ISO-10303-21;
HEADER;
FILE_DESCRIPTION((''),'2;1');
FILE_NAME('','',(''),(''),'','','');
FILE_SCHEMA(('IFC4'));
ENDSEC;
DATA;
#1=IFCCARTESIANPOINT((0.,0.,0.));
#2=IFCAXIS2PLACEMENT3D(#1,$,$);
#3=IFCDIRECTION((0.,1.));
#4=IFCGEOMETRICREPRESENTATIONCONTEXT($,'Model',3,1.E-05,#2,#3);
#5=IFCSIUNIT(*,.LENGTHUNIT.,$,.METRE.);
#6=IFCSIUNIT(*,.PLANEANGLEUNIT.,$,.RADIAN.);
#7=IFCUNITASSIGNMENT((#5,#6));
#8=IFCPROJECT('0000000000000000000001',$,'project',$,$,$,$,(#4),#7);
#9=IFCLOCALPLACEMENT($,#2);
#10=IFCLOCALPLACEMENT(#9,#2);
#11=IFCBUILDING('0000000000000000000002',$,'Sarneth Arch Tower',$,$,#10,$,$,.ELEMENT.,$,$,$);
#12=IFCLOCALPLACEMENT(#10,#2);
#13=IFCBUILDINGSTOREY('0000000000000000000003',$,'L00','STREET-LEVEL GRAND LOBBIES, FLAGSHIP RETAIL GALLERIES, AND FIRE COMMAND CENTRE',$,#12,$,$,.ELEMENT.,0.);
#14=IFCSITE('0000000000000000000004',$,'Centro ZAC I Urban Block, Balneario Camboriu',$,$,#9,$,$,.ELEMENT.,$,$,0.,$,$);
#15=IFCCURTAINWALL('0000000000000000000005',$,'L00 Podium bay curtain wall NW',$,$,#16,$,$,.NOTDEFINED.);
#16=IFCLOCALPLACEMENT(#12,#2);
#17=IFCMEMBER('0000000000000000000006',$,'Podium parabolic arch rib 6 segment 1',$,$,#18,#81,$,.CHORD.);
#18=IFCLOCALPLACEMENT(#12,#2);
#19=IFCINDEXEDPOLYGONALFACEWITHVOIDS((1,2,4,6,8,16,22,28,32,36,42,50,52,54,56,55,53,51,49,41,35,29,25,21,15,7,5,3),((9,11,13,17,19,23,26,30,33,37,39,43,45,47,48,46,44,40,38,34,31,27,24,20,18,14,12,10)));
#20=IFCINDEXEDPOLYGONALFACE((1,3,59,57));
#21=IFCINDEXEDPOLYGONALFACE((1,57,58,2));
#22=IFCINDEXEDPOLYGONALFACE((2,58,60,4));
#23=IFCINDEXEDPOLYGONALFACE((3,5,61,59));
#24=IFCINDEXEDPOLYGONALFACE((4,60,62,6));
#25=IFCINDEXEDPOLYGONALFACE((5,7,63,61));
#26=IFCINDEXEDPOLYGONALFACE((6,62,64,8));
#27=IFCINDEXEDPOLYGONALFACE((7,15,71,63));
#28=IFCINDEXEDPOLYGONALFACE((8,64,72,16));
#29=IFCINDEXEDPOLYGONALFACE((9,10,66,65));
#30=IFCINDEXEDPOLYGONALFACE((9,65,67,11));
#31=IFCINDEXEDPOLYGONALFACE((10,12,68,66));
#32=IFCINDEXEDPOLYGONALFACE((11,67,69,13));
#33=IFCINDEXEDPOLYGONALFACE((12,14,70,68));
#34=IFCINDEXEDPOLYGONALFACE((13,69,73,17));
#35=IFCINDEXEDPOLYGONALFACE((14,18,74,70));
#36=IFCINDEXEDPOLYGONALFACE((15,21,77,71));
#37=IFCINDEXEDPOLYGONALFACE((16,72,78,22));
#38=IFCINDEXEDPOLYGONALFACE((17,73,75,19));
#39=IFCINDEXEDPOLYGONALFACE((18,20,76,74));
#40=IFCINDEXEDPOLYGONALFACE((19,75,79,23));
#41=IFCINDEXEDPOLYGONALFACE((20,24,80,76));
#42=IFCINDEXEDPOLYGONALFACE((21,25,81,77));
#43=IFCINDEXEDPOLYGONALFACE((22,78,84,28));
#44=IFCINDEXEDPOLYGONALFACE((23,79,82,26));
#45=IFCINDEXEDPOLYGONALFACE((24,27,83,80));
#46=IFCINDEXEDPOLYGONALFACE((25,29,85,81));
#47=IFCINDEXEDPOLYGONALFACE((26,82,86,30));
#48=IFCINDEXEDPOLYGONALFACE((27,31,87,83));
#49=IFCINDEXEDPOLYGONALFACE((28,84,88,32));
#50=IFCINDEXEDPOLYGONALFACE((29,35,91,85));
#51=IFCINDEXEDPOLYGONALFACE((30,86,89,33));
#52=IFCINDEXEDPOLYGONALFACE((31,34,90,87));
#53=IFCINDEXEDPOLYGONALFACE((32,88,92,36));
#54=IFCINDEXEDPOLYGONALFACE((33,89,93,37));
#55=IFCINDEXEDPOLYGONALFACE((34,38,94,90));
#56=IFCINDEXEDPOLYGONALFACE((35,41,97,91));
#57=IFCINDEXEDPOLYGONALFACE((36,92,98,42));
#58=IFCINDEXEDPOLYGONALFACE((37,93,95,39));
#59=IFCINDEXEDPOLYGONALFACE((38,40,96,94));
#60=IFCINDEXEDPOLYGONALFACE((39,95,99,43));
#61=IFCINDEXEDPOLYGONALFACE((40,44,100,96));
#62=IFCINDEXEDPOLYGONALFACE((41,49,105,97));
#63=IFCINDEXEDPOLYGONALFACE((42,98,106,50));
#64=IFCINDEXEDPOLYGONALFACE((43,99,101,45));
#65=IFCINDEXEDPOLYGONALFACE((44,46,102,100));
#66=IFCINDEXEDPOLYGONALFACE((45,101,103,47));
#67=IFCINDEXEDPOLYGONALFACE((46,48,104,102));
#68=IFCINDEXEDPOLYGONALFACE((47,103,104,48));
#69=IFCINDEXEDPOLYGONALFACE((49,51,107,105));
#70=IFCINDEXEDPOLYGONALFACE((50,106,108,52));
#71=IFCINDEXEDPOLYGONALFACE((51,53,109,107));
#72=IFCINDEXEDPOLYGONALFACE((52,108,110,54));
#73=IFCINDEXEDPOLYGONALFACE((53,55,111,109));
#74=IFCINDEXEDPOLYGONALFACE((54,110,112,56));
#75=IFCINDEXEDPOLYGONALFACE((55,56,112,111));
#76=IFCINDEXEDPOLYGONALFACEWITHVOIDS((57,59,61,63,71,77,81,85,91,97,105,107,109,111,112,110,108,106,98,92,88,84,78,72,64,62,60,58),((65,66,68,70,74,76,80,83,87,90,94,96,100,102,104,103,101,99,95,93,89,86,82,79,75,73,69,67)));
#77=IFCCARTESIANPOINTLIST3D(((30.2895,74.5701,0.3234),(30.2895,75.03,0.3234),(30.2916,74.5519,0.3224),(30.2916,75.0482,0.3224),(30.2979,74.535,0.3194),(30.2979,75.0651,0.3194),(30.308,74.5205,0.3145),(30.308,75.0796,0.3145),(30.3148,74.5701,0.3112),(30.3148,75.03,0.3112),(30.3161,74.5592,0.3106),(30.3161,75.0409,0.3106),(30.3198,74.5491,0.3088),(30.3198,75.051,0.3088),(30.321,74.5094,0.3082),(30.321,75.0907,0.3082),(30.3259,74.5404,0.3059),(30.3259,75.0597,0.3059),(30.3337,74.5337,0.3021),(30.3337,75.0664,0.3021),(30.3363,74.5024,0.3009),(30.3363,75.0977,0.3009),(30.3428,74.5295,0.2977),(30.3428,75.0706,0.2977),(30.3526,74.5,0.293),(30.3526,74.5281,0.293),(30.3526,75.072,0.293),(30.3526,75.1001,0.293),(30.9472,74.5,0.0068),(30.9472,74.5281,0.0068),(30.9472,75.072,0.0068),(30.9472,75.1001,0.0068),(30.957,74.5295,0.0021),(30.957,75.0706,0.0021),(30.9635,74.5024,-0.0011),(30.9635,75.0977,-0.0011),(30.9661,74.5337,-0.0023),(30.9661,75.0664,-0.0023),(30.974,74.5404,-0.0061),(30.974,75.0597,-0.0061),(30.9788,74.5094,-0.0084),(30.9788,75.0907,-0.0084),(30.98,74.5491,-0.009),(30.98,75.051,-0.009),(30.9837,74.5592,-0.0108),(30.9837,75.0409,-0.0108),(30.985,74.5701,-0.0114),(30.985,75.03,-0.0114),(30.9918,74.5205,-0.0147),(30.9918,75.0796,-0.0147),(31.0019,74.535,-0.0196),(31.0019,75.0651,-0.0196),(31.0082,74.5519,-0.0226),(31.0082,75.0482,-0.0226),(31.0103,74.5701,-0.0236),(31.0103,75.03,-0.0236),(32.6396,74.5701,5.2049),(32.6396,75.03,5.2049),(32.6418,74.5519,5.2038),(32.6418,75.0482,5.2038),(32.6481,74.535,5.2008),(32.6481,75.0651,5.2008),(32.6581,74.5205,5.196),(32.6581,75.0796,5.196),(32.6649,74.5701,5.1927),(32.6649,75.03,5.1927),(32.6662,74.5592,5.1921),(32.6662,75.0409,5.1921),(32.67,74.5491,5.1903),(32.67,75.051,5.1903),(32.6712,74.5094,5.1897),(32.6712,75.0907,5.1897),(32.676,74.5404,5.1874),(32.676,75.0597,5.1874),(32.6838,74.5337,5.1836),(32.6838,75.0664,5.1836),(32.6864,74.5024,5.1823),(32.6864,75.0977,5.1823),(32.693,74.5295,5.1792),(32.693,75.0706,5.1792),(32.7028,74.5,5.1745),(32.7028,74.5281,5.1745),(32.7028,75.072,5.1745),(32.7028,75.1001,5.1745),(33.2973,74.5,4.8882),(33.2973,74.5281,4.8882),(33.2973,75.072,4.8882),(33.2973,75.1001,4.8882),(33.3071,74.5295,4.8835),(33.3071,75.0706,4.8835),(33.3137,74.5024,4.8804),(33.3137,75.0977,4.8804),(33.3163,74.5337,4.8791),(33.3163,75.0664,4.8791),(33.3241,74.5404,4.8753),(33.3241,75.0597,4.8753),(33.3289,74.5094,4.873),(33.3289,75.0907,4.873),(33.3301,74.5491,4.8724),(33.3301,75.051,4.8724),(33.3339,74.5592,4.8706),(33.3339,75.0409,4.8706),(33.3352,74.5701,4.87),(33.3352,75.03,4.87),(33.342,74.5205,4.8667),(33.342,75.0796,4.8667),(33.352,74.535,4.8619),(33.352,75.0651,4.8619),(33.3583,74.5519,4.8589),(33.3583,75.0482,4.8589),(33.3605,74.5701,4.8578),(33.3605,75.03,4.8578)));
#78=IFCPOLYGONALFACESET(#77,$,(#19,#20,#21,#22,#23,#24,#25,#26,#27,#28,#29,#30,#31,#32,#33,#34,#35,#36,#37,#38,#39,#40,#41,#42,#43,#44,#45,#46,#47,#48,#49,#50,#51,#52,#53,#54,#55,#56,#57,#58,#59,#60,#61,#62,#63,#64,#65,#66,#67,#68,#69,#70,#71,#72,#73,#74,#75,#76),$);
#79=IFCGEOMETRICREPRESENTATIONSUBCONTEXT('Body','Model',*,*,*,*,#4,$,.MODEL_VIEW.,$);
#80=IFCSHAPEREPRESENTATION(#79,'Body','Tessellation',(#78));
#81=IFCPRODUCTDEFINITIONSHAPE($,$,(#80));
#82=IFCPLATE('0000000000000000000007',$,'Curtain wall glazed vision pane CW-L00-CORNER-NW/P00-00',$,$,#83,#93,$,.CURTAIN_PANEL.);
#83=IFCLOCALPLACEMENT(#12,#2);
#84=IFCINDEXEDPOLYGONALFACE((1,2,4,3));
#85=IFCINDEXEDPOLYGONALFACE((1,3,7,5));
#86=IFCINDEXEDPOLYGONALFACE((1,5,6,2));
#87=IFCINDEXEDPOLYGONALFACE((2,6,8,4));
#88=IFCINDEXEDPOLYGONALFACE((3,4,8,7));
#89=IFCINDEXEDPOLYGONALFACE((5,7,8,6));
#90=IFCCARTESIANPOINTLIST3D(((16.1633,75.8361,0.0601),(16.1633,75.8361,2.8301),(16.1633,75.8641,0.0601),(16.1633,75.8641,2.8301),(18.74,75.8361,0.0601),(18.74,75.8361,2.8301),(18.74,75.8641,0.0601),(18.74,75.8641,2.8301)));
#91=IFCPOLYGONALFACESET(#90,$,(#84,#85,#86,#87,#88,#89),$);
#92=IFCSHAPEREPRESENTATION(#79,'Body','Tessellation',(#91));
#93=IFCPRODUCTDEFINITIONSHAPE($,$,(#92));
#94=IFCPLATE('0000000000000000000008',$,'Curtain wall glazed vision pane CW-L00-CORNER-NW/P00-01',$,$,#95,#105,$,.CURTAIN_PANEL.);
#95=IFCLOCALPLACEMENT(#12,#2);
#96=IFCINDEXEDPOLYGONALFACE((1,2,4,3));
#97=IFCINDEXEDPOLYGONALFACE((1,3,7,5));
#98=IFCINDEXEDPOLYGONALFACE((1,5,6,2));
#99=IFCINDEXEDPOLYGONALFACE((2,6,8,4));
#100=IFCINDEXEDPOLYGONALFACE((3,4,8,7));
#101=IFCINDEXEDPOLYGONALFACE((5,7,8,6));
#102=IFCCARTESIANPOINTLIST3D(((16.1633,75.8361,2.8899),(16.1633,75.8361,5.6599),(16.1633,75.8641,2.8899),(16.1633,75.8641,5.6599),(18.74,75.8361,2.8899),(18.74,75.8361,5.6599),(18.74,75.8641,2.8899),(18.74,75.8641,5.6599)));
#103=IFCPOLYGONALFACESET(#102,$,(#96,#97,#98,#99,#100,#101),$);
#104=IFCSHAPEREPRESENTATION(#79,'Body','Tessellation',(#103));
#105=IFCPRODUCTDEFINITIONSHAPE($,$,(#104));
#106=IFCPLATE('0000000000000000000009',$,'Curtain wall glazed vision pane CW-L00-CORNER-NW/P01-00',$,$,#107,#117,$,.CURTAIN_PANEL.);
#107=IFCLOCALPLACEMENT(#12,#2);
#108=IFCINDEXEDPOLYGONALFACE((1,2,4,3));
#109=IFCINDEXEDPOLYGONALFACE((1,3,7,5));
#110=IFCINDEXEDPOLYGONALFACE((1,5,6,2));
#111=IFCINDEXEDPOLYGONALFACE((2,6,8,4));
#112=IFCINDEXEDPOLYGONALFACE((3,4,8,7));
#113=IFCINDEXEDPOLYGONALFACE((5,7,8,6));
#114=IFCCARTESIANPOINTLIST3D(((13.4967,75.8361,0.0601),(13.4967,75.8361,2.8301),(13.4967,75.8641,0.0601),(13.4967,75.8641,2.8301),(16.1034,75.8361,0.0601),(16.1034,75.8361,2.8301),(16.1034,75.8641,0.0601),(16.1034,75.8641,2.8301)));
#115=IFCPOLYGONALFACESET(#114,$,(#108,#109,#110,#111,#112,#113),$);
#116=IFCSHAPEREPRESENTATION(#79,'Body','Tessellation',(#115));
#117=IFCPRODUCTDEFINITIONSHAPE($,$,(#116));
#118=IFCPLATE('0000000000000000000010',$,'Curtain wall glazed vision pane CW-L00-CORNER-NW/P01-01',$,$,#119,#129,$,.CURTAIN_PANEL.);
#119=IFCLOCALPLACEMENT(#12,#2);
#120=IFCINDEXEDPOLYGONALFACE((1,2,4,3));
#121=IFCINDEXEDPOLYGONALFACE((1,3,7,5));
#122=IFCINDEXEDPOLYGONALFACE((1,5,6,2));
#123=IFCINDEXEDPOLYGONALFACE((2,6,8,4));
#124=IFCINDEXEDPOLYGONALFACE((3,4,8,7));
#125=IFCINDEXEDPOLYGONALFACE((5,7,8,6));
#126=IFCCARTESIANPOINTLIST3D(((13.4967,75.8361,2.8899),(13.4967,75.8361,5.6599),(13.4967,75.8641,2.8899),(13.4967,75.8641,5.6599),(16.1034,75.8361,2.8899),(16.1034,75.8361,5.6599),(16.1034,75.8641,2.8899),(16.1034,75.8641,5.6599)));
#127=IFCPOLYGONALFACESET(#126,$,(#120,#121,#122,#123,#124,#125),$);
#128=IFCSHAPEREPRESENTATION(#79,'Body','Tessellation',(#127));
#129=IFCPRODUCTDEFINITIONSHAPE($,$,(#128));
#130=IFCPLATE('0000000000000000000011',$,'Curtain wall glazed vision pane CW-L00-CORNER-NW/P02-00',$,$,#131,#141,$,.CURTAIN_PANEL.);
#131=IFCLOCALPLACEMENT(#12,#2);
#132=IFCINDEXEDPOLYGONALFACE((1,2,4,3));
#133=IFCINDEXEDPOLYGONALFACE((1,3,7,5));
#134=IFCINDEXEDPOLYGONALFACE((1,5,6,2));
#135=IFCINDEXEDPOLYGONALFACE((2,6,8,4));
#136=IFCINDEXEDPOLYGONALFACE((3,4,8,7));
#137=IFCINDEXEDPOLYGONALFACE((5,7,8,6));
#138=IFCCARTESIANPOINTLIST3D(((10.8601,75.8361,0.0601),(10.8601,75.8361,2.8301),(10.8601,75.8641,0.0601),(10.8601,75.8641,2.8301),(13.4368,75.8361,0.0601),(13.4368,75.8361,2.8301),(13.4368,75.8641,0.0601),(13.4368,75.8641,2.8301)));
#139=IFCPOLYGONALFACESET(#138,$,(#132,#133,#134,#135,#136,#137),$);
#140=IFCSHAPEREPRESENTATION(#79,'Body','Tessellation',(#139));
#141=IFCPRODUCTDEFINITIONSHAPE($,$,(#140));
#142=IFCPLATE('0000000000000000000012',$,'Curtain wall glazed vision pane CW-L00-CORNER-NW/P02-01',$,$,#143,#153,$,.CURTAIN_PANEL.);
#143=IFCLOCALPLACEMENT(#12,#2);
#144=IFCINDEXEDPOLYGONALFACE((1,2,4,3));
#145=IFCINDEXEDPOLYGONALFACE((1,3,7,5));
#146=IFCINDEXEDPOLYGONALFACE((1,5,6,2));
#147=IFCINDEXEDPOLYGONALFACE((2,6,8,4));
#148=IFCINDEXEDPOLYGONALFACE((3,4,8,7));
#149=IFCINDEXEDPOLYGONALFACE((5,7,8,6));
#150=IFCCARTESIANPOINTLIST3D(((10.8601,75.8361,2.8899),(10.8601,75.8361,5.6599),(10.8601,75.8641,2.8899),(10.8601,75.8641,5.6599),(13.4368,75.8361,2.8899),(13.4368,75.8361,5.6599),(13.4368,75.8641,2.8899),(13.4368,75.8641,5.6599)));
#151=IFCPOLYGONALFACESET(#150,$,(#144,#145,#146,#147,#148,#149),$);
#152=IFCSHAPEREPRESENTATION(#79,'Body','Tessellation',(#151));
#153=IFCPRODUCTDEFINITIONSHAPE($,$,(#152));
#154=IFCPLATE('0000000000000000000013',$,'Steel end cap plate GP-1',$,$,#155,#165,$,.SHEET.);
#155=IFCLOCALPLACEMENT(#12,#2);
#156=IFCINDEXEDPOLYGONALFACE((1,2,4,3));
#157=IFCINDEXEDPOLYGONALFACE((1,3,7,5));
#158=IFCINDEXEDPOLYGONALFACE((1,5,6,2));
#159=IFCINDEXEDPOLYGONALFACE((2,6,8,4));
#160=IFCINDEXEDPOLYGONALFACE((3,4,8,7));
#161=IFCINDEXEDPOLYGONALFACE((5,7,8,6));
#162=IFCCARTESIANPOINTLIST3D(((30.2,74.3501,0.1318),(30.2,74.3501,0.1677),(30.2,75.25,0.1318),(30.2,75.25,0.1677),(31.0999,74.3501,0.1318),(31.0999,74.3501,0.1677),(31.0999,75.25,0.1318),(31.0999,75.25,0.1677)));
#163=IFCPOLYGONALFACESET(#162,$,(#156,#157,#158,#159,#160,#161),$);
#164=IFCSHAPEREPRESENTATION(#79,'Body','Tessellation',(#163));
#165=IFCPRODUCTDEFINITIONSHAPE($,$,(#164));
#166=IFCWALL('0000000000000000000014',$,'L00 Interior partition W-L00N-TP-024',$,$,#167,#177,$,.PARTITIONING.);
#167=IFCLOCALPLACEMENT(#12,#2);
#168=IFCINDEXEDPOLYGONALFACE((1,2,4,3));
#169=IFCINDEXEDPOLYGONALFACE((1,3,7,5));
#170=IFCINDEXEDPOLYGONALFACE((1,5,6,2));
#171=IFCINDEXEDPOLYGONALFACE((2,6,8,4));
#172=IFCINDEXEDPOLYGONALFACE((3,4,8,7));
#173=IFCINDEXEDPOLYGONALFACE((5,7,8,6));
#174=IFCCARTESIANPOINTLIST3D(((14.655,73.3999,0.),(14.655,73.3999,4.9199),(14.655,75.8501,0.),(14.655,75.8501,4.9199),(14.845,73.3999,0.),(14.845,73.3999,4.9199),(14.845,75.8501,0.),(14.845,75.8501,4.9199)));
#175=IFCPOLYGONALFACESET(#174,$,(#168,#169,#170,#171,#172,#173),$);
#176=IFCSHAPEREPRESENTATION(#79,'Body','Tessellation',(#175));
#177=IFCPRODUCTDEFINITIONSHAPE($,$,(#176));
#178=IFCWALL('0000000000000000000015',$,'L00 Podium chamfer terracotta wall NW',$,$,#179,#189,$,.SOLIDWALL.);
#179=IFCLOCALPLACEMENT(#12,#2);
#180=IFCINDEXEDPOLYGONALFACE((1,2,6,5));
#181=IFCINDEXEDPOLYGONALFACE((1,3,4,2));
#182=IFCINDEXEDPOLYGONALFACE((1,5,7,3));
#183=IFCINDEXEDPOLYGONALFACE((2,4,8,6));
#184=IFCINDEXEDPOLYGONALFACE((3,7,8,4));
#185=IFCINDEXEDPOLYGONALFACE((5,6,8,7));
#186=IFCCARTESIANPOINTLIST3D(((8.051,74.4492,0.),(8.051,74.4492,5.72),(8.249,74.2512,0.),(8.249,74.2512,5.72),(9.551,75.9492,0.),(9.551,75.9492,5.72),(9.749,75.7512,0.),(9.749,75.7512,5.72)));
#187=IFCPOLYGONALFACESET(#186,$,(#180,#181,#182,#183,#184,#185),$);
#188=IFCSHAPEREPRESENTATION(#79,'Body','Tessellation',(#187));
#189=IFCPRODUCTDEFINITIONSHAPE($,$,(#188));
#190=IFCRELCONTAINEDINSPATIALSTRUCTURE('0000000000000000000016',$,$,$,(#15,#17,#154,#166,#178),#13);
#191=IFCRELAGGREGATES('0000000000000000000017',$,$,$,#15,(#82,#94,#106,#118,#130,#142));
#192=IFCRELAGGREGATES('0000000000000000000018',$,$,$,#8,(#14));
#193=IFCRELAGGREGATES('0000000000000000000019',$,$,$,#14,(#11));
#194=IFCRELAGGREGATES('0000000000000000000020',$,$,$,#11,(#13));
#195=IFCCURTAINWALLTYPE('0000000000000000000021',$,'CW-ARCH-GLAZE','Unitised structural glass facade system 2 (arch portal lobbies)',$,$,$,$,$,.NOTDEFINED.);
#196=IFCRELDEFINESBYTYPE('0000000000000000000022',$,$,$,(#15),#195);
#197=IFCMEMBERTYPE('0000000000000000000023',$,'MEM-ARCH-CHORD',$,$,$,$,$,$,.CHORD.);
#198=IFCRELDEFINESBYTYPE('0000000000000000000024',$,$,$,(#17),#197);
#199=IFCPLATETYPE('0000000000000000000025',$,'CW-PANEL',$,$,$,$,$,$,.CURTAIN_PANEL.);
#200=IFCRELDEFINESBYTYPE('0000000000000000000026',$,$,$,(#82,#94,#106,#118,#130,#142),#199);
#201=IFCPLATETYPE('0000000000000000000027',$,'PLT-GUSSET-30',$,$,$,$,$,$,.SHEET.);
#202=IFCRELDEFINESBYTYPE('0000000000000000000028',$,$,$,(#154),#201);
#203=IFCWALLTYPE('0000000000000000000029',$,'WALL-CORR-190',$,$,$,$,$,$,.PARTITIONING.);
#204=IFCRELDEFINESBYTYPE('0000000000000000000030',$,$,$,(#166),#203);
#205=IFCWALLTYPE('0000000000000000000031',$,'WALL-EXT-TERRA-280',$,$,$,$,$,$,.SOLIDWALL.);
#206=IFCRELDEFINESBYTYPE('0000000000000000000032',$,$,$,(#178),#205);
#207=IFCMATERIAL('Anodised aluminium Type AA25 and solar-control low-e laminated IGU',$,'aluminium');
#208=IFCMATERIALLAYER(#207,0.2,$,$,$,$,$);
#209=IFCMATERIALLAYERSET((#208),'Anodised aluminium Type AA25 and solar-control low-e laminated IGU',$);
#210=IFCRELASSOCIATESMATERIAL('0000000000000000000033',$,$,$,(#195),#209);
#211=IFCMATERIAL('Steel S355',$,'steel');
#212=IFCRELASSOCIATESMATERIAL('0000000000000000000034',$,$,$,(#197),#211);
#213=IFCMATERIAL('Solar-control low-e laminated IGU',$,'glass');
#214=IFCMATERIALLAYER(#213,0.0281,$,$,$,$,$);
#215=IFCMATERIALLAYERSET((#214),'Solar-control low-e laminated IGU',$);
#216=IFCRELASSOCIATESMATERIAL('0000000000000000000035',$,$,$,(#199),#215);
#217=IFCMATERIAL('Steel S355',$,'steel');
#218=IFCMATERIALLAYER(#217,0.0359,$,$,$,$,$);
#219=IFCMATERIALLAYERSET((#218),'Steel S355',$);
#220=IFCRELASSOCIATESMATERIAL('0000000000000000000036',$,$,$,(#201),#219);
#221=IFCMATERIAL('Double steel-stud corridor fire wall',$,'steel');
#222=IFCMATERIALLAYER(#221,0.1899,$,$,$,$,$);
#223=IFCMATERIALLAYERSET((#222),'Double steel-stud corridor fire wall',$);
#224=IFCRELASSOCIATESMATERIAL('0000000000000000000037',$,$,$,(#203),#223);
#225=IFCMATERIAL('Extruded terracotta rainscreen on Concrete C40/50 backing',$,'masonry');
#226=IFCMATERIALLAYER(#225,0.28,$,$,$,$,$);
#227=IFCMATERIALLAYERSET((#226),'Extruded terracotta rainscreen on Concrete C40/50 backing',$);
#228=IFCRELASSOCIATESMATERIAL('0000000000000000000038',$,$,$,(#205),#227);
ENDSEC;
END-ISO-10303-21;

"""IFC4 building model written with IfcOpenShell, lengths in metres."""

from ifc_helpers import new_model, si_unit, direction, frame, frame_2d, origin, origin_2d, place, context, subcontext, project, spatial, rectangle, hollow_rectangle, extrude, material, layer, layer_set, material_profile, profile_set, type_object, element, aggregate, save


model = new_model("IFC4")

# Units and contexts
model_context = context("Model", 3, precision=1e-05, world=origin(), true_north=direction((0.0, 1.0)))
body_context = subcontext(model_context, "Body", "Model", "MODEL_VIEW")
ifc_project = project(units=[si_unit("LENGTHUNIT", "METRE"), si_unit("PLANEANGLEUNIT", "RADIAN")], contexts=[model_context])

# Site, building, storey
site_placement = place(None, origin())
site = spatial("IfcSite", under=ifc_project, at=site_placement, Name="Centro ZAC I Urban Block, Balneario Camboriu", CompositionType="ELEMENT", RefElevation=0.0)
building_placement = place(site_placement, origin())
building = spatial("IfcBuilding", under=site, at=building_placement, Name="Sarneth Arch Tower", CompositionType="ELEMENT")
storey_placement = place(building_placement, origin())
storey = spatial("IfcBuildingStorey", under=building, at=storey_placement, Name="L00", Description="STREET-LEVEL GRAND LOBBIES, FLAGSHIP RETAIL GALLERIES, AND FIRE COMMAND CENTRE", CompositionType="ELEMENT", Elevation=0.0)

# Curtain wall
ifc_material_1 = material(Name="Anodised aluminium Type AA25 and solar-control low-e laminated IGU", Category="aluminium")
ifc_layer_1 = layer(ifc_material_1, 0.2)
ifc_layer_set_1 = layer_set([ifc_layer_1], Name="Anodised aluminium Type AA25 and solar-control low-e laminated IGU")
curtain_wall_type = type_object("IfcCurtainWallType", Name="CW-ARCH-GLAZE", Description="Unitised structural glass facade system 2 (arch portal lobbies)", PredefinedType="NOTDEFINED", material=ifc_layer_set_1)
curtain_wall_placement = place(storey_placement, origin())
curtain_wall = element("IfcCurtainWall", 1, at=curtain_wall_placement, inside=storey, type_object=curtain_wall_type, Name="L00 Podium bay curtain wall NW", PredefinedType="NOTDEFINED")

# Member
ifc_material_2 = material(Name="Steel S355", Category="steel")
ifc_material_profile_1 = material_profile(ifc_material_2, hollow_rectangle(XDim=0.6001, YDim=0.8, WallThickness=0.0281, InnerFilletRadius=0.042, OuterFilletRadius=0.0701, at=origin_2d()), Name="RHS800x600x28")
ifc_profile_set_1 = profile_set([ifc_material_profile_1], Name="Steel S355")
member_type_1 = type_object("IfcMemberType", Name="MEM-ARCH-CHORD", PredefinedType="CHORD", material=ifc_profile_set_1)
member_1_placement = place(storey_placement, frame((30.6499, 74.8, 0.1499), z_axis=(0.433789, 0.0, 0.901015), x_axis=(0.0, 1.0, 0.0)))
element("IfcMember", 2, at=member_1_placement, inside=storey, type_object=member_type_1, Name="Podium parabolic arch rib 6 segment 1", PredefinedType="CHORD", context=body_context, shape_type="SweptSolid", body=[
    extrude(hollow_rectangle(XDim=0.6001, YDim=0.8, WallThickness=0.0281, InnerFilletRadius=0.042, OuterFilletRadius=0.0701, at=origin_2d()), origin(), (0.0, 0.0, 1.0), 5.4177),
])

# Plates
ifc_material_3 = material(Name="Solar-control low-e laminated IGU", Category="glass")
ifc_layer_2 = layer(ifc_material_3, 0.0281)
ifc_layer_set_2 = layer_set([ifc_layer_2], Name="Solar-control low-e laminated IGU")
plate_type_1 = type_object("IfcPlateType", Name="CW-PANEL", PredefinedType="CURTAIN_PANEL", material=ifc_layer_set_2)
plate_1_placement = place(storey_placement, frame((17.4517, 75.8501, 0.0601), z_axis=(0.0, 0.0, 1.0), x_axis=(-1.0, 0.0, 0.0)))
plate_1 = element("IfcPlate", 3, at=plate_1_placement, type_object=plate_type_1, Name="Curtain wall glazed vision pane CW-L00-CORNER-NW/P00-00", PredefinedType="CURTAIN_PANEL", context=body_context, shape_type="SweptSolid", body=[
    extrude(rectangle(XDim=2.5767, YDim=0.0281, at=origin_2d()), origin(), (0.0, 0.0, 1.0), 2.77),
])
plate_2_placement = place(storey_placement, frame((17.4517, 75.8501, 2.8899), z_axis=(0.0, 0.0, 1.0), x_axis=(-1.0, 0.0, 0.0)))
plate_2 = element("IfcPlate", 4, at=plate_2_placement, type_object=plate_type_1, Name="Curtain wall glazed vision pane CW-L00-CORNER-NW/P00-01", PredefinedType="CURTAIN_PANEL", context=body_context, shape_type="SweptSolid", body=[
    extrude(rectangle(XDim=2.5767, YDim=0.0281, at=origin_2d()), origin(), (0.0, 0.0, 1.0), 2.77),
])
plate_3_placement = place(storey_placement, frame((14.8, 75.8501, 0.0601), z_axis=(0.0, 0.0, 1.0), x_axis=(-1.0, 0.0, 0.0)))
plate_3 = element("IfcPlate", 5, at=plate_3_placement, type_object=plate_type_1, Name="Curtain wall glazed vision pane CW-L00-CORNER-NW/P01-00", PredefinedType="CURTAIN_PANEL", context=body_context, shape_type="SweptSolid", body=[
    extrude(rectangle(XDim=2.6067, YDim=0.0281, at=origin_2d()), origin(), (0.0, 0.0, 1.0), 2.77),
])
plate_4_placement = place(storey_placement, frame((14.8, 75.8501, 2.8899), z_axis=(0.0, 0.0, 1.0), x_axis=(-1.0, 0.0, 0.0)))
plate_4 = element("IfcPlate", 6, at=plate_4_placement, type_object=plate_type_1, Name="Curtain wall glazed vision pane CW-L00-CORNER-NW/P01-01", PredefinedType="CURTAIN_PANEL", context=body_context, shape_type="SweptSolid", body=[
    extrude(rectangle(XDim=2.6067, YDim=0.0281, at=origin_2d()), origin(), (0.0, 0.0, 1.0), 2.77),
])
plate_5_placement = place(storey_placement, frame((12.1484, 75.8501, 0.0601), z_axis=(0.0, 0.0, 1.0), x_axis=(-1.0, 0.0, 0.0)))
plate_5 = element("IfcPlate", 7, at=plate_5_placement, type_object=plate_type_1, Name="Curtain wall glazed vision pane CW-L00-CORNER-NW/P02-00", PredefinedType="CURTAIN_PANEL", context=body_context, shape_type="SweptSolid", body=[
    extrude(rectangle(XDim=2.5767, YDim=0.0281, at=origin_2d()), origin(), (0.0, 0.0, 1.0), 2.77),
])
plate_6_placement = place(storey_placement, frame((12.1484, 75.8501, 2.8899), z_axis=(0.0, 0.0, 1.0), x_axis=(-1.0, 0.0, 0.0)))
plate_6 = element("IfcPlate", 8, at=plate_6_placement, type_object=plate_type_1, Name="Curtain wall glazed vision pane CW-L00-CORNER-NW/P02-01", PredefinedType="CURTAIN_PANEL", context=body_context, shape_type="SweptSolid", body=[
    extrude(rectangle(XDim=2.5767, YDim=0.0281, at=origin_2d()), origin(), (0.0, 0.0, 1.0), 2.77),
])
aggregate(curtain_wall, [plate_1, plate_2, plate_3, plate_4, plate_5, plate_6])
ifc_material_4 = material(Name="Steel S355", Category="steel")
ifc_layer_3 = layer(ifc_material_4, 0.0359)
ifc_layer_set_3 = layer_set([ifc_layer_3], Name="Steel S355")
plate_type_2 = type_object("IfcPlateType", Name="PLT-GUSSET-30", PredefinedType="SHEET", material=ifc_layer_set_3)
plate_7_placement = place(storey_placement, frame((30.6499, 74.8, 0.1318), z_axis=(0.0, 0.0, 1.0), x_axis=(1.0, 0.0, 0.0)))
element("IfcPlate", 9, at=plate_7_placement, inside=storey, type_object=plate_type_2, Name="Steel end cap plate GP-1", PredefinedType="SHEET", context=body_context, shape_type="SweptSolid", body=[
    extrude(rectangle(XDim=0.8999, YDim=0.8999, at=origin_2d()), origin(), (0.0, 0.0, 1.0), 0.0359),
])

# Walls
ifc_material_5 = material(Name="Double steel-stud corridor fire wall", Category="steel")
ifc_layer_4 = layer(ifc_material_5, 0.1899)
ifc_layer_set_4 = layer_set([ifc_layer_4], Name="Double steel-stud corridor fire wall")
wall_type_1 = type_object("IfcWallType", Name="WALL-CORR-190", PredefinedType="PARTITIONING", material=ifc_layer_set_4)
wall_1_placement = place(storey_placement, frame((14.75, 75.8501, 0.0), z_axis=(0.0, 0.0, 1.0), x_axis=(0.0, -1.0, 0.0)))
element("IfcWall", 10, at=wall_1_placement, inside=storey, type_object=wall_type_1, Name="L00 Interior partition W-L00N-TP-024", PredefinedType="PARTITIONING", context=body_context, shape_type="SweptSolid", body=[
    extrude(rectangle(XDim=2.4502, YDim=0.1899, at=frame_2d((1.2251, 0.0))), origin(), (0.0, 0.0, 1.0), 4.9199),
])
ifc_material_6 = material(Name="Extruded terracotta rainscreen on Concrete C40/50 backing", Category="masonry")
ifc_layer_5 = layer(ifc_material_6, 0.28)
ifc_layer_set_5 = layer_set([ifc_layer_5], Name="Extruded terracotta rainscreen on Concrete C40/50 backing")
wall_type_2 = type_object("IfcWallType", Name="WALL-EXT-TERRA-280", PredefinedType="SOLIDWALL", material=ifc_layer_set_5)
wall_2_placement = place(storey_placement, frame((9.6499, 75.8501, 0.0), z_axis=(0.0, 0.0, 1.0), x_axis=(-0.707107, -0.707107, 0.0)))
element("IfcWall", 11, at=wall_2_placement, inside=storey, type_object=wall_type_2, Name="L00 Podium chamfer terracotta wall NW", PredefinedType="SOLIDWALL", context=body_context, shape_type="SweptSolid", body=[
    extrude(rectangle(XDim=2.1213, YDim=0.28, at=frame_2d((1.0605, 0.0))), origin(), (0.0, 0.0, 1.0), 5.72),
])

save(model, "model.ifc")
